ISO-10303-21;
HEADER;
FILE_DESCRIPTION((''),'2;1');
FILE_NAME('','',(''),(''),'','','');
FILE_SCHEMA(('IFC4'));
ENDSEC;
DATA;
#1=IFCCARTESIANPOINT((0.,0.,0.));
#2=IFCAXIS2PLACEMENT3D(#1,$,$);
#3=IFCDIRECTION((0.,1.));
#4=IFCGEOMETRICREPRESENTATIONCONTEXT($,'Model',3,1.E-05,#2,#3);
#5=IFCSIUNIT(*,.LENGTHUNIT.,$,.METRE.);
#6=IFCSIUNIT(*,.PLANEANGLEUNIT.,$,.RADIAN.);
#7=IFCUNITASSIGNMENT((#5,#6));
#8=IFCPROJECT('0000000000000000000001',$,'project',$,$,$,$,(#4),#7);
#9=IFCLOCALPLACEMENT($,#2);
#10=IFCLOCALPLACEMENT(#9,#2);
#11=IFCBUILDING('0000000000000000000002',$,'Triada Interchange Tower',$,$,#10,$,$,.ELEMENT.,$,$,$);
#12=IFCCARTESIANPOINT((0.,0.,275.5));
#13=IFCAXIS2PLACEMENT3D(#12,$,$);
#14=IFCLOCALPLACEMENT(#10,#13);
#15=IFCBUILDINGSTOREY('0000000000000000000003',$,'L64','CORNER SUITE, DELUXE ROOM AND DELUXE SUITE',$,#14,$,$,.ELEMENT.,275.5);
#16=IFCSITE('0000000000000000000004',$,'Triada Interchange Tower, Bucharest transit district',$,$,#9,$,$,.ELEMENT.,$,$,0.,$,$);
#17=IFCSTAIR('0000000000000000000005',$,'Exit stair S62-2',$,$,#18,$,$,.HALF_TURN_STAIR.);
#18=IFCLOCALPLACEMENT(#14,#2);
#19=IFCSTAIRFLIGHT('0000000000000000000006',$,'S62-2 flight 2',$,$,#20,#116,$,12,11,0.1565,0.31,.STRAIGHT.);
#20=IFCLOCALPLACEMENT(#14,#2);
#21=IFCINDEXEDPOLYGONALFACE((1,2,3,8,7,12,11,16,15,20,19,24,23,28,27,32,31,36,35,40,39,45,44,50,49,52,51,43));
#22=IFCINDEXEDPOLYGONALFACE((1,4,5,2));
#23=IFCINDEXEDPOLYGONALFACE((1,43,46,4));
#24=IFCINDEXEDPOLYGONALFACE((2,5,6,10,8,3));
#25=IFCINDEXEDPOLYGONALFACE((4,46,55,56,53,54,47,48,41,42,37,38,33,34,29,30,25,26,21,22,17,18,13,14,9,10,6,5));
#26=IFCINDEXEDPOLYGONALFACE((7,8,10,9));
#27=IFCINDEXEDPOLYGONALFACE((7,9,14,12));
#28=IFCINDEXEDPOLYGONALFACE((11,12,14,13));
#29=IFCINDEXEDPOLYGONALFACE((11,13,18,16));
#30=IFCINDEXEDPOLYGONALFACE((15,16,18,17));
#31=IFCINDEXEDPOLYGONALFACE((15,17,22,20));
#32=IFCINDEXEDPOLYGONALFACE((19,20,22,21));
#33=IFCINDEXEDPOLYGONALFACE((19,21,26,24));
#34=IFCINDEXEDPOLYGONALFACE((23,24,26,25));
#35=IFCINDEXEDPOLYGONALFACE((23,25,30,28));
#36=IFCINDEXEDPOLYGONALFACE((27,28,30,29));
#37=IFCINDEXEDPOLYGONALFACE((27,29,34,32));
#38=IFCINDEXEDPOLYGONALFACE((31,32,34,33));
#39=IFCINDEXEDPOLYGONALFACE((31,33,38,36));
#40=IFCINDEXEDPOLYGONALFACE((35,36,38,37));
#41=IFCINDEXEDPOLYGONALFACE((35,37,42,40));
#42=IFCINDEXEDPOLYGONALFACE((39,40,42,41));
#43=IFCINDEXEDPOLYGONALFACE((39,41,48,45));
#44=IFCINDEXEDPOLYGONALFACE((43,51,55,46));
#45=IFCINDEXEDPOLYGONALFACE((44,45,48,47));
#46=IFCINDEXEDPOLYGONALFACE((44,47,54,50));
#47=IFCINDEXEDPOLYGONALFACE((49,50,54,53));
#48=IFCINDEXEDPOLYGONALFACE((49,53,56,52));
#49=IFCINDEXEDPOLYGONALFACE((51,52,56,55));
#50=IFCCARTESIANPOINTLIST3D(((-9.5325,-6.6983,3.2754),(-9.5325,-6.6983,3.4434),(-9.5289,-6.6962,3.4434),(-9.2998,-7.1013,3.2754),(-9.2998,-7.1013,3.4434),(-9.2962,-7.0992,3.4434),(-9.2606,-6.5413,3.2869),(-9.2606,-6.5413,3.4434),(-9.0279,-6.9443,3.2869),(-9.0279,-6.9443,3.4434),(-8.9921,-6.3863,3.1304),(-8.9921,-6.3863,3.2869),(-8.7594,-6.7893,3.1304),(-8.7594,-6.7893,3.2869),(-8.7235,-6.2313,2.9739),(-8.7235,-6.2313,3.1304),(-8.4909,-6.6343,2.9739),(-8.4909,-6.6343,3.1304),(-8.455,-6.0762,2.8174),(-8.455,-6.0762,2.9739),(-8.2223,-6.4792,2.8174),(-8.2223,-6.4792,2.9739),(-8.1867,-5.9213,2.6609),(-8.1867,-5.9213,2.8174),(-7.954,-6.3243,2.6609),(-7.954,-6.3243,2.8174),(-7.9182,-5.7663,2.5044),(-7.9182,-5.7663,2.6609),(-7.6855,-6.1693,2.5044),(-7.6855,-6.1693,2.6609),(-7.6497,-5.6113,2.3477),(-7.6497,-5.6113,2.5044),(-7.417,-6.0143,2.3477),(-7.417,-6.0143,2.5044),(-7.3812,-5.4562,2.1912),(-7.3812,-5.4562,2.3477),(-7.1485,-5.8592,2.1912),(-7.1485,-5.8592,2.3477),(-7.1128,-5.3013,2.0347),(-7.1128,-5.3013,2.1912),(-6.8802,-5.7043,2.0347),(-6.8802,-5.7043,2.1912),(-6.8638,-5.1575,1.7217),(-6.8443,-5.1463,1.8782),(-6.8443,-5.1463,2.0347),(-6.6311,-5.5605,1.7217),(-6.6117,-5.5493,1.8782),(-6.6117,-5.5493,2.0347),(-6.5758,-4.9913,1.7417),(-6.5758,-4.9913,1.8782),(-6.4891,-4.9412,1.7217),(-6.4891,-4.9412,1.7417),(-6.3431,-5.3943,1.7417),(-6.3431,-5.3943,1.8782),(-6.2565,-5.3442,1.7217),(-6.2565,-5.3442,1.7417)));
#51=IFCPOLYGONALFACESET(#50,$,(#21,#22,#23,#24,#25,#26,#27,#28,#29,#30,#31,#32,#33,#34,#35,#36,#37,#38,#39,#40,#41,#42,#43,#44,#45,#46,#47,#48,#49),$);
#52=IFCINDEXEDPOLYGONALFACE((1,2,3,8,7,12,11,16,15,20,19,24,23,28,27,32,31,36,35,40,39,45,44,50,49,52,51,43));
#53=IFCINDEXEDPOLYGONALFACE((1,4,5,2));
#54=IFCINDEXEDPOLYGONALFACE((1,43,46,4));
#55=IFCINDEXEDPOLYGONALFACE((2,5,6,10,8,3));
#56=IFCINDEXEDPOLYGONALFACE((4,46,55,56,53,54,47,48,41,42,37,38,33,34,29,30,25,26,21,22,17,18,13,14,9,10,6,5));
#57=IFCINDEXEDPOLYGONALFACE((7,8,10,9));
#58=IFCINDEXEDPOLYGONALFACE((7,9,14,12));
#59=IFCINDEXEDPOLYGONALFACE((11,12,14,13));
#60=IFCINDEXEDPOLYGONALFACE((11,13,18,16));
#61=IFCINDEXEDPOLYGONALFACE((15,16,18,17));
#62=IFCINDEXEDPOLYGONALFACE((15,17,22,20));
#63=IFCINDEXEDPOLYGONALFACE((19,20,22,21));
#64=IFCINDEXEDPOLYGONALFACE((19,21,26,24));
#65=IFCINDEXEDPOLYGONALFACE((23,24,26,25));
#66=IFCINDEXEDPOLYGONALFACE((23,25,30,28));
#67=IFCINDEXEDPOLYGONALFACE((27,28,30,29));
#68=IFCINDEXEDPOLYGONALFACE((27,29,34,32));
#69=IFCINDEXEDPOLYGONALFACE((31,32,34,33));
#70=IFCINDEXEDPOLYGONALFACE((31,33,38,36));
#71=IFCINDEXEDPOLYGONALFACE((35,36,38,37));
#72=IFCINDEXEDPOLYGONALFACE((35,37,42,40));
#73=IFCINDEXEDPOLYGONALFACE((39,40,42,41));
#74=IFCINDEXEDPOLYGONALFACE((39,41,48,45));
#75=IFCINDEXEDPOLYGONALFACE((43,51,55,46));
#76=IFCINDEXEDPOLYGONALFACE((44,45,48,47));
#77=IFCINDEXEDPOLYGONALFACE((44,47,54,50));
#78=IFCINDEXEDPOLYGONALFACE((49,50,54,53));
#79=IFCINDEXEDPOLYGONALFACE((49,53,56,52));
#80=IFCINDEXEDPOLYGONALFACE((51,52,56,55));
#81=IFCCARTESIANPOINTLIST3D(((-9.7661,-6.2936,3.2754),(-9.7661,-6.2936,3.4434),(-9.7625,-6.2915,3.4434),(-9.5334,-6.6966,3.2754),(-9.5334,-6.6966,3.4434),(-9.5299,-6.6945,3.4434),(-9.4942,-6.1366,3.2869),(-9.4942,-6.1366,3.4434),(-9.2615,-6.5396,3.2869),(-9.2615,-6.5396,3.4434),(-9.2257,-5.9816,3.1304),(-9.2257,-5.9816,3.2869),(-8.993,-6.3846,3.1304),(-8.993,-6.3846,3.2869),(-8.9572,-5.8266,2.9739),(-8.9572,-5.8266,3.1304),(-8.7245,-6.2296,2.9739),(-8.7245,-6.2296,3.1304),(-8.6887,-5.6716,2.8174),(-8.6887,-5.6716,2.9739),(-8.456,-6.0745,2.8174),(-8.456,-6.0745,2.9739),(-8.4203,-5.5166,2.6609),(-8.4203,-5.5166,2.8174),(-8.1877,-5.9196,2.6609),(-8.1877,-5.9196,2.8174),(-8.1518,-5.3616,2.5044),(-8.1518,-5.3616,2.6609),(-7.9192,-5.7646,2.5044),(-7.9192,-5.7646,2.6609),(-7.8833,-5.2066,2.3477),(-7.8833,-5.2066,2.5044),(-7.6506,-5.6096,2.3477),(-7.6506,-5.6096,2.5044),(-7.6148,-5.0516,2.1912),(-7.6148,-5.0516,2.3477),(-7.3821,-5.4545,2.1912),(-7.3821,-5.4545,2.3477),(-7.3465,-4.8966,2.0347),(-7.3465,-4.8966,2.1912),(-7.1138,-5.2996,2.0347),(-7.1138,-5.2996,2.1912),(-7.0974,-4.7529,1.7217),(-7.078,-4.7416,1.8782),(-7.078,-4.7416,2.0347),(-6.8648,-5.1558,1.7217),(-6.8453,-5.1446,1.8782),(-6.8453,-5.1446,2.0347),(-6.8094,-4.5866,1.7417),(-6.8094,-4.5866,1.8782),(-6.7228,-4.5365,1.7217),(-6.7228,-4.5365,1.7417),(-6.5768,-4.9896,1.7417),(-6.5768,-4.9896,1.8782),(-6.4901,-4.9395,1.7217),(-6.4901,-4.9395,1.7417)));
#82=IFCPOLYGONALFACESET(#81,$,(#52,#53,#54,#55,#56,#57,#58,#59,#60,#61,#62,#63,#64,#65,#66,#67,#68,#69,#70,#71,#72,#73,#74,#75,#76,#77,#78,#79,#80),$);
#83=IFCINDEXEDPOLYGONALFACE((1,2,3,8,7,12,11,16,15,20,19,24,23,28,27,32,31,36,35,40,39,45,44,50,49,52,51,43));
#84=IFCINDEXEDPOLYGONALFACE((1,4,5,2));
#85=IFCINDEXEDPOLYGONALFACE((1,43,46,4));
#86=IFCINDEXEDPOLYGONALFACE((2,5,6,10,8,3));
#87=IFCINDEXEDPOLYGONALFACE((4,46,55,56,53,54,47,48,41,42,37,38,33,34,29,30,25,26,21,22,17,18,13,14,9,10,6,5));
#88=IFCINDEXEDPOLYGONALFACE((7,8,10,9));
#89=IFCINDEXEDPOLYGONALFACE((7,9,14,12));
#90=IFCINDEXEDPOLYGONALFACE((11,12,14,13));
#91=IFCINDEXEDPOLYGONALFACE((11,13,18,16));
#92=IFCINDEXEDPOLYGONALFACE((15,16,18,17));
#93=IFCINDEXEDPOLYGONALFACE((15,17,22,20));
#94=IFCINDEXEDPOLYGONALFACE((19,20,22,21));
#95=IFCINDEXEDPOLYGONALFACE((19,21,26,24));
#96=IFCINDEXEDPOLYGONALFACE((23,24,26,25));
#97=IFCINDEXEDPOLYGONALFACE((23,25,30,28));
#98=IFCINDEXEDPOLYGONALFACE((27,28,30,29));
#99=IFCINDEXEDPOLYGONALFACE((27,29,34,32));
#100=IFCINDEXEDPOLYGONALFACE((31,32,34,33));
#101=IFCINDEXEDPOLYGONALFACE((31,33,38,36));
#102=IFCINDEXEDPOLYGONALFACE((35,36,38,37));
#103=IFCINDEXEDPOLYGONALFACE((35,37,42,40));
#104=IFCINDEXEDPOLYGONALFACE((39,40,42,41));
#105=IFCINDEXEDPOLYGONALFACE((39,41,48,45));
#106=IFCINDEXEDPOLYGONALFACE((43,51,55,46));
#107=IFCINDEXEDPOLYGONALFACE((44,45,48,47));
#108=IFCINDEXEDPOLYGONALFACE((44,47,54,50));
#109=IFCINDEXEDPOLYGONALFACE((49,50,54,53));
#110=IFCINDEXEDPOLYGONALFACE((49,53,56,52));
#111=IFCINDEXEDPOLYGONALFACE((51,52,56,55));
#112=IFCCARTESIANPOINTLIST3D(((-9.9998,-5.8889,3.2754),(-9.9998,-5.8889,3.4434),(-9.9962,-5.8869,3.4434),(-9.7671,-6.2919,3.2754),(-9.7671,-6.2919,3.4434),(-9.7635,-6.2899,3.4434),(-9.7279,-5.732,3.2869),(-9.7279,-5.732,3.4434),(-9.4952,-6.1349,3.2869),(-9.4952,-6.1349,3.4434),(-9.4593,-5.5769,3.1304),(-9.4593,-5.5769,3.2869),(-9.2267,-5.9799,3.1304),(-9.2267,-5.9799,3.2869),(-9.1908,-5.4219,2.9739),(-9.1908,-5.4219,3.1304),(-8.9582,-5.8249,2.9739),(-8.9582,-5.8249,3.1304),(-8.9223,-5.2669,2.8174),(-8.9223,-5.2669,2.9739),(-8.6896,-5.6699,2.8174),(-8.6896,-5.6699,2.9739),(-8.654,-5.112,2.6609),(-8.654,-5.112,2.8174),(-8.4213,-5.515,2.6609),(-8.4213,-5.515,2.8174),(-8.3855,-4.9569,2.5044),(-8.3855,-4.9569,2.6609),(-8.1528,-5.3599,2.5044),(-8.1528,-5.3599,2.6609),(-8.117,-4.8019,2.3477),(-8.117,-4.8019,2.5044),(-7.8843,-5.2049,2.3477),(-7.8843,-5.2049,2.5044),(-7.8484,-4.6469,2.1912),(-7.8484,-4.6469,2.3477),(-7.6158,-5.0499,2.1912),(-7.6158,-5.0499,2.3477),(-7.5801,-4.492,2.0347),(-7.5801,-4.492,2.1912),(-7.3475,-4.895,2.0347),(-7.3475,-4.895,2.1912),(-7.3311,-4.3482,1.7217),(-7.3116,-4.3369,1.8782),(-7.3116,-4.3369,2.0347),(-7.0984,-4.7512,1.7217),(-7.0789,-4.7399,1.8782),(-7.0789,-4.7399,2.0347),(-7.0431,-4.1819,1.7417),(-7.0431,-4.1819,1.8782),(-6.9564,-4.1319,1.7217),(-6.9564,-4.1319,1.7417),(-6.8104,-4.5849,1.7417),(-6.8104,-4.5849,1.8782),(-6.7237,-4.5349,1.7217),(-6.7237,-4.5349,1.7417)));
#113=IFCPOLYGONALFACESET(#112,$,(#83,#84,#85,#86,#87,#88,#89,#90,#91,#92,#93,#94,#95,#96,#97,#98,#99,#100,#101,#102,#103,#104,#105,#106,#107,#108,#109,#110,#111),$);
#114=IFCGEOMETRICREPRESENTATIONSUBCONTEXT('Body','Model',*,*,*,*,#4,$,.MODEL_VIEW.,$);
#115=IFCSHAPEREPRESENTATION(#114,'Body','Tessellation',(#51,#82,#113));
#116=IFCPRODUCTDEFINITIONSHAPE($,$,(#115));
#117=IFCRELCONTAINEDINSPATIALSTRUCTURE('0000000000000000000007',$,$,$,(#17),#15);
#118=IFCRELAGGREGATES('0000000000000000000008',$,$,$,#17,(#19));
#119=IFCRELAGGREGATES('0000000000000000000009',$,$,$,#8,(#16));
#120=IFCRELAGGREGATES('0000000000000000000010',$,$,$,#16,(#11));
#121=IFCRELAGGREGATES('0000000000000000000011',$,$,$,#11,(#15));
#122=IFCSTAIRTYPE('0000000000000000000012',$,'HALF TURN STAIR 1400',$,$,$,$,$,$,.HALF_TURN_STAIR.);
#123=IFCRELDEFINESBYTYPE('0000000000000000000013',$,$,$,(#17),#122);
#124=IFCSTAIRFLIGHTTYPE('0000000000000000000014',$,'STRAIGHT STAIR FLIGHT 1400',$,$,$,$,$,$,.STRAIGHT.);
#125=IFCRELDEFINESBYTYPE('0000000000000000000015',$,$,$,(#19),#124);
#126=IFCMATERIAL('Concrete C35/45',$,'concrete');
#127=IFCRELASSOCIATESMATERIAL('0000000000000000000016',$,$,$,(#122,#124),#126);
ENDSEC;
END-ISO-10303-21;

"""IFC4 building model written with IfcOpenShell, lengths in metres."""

from ifc_helpers import new_model, si_unit, direction, frame, origin, place, context, subcontext, project, spatial, polyline, outline, extrude, material, type_object, element, aggregate, save


model = new_model("IFC4")

# Units and contexts
model_context = context("Model", 3, precision=1e-05, world=origin(), true_north=direction((0.0, 1.0)))
body_context = subcontext(model_context, "Body", "Model", "MODEL_VIEW")
ifc_project = project(units=[si_unit("LENGTHUNIT", "METRE"), si_unit("PLANEANGLEUNIT", "RADIAN")], contexts=[model_context])

# Site, building, storey
site_placement = place(None, origin())
site = spatial("IfcSite", under=ifc_project, at=site_placement, Name="Triada Interchange Tower, Bucharest transit district", CompositionType="ELEMENT", RefElevation=0.0)
building_placement = place(site_placement, origin())
building = spatial("IfcBuilding", under=site, at=building_placement, Name="Triada Interchange Tower", CompositionType="ELEMENT")
storey_placement = place(building_placement, frame((0.0, 0.0, 275.5)))
storey = spatial("IfcBuildingStorey", under=building, at=storey_placement, Name="L64", Description="CORNER SUITE, DELUXE ROOM AND DELUXE SUITE", CompositionType="ELEMENT", Elevation=275.5)

# Stair, stair flight
ifc_material_1 = material(Name="Concrete C35/45", Category="concrete")
stair_type = type_object("IfcStairType", Name="HALF TURN STAIR 1400", PredefinedType="HALF_TURN_STAIR", material=ifc_material_1)
stair_placement = place(storey_placement, origin())
stair = element("IfcStair", 1, at=stair_placement, inside=storey, type_object=stair_type, Name="Exit stair S62-2", PredefinedType="HALF_TURN_STAIR")
stair_flight_type = type_object("IfcStairFlightType", Name="STRAIGHT STAIR FLIGHT 1400", PredefinedType="STRAIGHT", material=ifc_material_1)
stair_flight_1_placement = place(storey_placement, frame((-6.6931, -4.7881, 1.7217), z_axis=(0.0, 0.0, 1.0), x_axis=(-0.866025, -0.5, 0.0)))
stair_flight_1 = element("IfcStairFlight", 2, at=stair_flight_1_placement, type_object=stair_flight_type, Name="S62-2 flight 2", NumberOfRisers=12, NumberOfTreads=11, PredefinedType="STRAIGHT", RiserHeight=0.1565, TreadLength=0.31, context=body_context, shape_type="SweptSolid", body=[
    extrude(outline(polyline([(-0.1001, 0.0), (-0.1001, 0.02), (0.0, 0.02), (0.0, 0.1565), (0.3101, 0.1565), (0.3101, 0.313), (0.6201, 0.313), (0.6201, 0.4695), (0.9299, 0.4695), (0.9299, 0.626), (1.24, 0.626), (1.24, 0.7827), (1.55, 0.7827), (1.55, 0.9392), (1.8601, 0.9392), (1.8601, 1.0957), (2.1699, 1.0957), (2.1699, 1.2522), (2.48, 1.2522), (2.48, 1.4087), (2.79, 1.4087), (2.79, 1.5652), (3.1001, 1.5652), (3.1001, 1.7217), (3.4099, 1.7217), (3.4141, 1.7217), (3.4141, 1.8782), (3.4141, 1.5537), (0.3325, 0.0), (-0.1001, 0.0)])), frame((0.0, 0.7, 0.0), z_axis=(0.0, -1.0, 0.0), x_axis=(1.0, 0.0, 0.0)), (0.0, 0.0, 1.0), 0.4653),
    extrude(outline(polyline([(-0.1001, 0.0), (-0.1001, 0.02), (0.0, 0.02), (0.0, 0.1565), (0.3101, 0.1565), (0.3101, 0.313), (0.6201, 0.313), (0.6201, 0.4695), (0.9299, 0.4695), (0.9299, 0.626), (1.24, 0.626), (1.24, 0.7827), (1.55, 0.7827), (1.55, 0.9392), (1.8601, 0.9392), (1.8601, 1.0957), (2.1699, 1.0957), (2.1699, 1.2522), (2.48, 1.2522), (2.48, 1.4087), (2.79, 1.4087), (2.79, 1.5652), (3.1001, 1.5652), (3.1001, 1.7217), (3.4099, 1.7217), (3.4141, 1.7217), (3.4141, 1.8782), (3.4141, 1.5537), (0.3325, 0.0), (-0.1001, 0.0)])), frame((0.0, 0.2327, 0.0), z_axis=(0.0, -1.0, 0.0), x_axis=(1.0, 0.0, 0.0)), (0.0, 0.0, 1.0), 0.4653),
    extrude(outline(polyline([(-0.1001, 0.0), (-0.1001, 0.02), (0.0, 0.02), (0.0, 0.1565), (0.3101, 0.1565), (0.3101, 0.313), (0.6201, 0.313), (0.6201, 0.4695), (0.9299, 0.4695), (0.9299, 0.626), (1.24, 0.626), (1.24, 0.7827), (1.55, 0.7827), (1.55, 0.9392), (1.8601, 0.9392), (1.8601, 1.0957), (2.1699, 1.0957), (2.1699, 1.2522), (2.48, 1.2522), (2.48, 1.4087), (2.79, 1.4087), (2.79, 1.5652), (3.1001, 1.5652), (3.1001, 1.7217), (3.4099, 1.7217), (3.4141, 1.7217), (3.4141, 1.8782), (3.4141, 1.5537), (0.3325, 0.0), (-0.1001, 0.0)])), frame((0.0, -0.2346, 0.0), z_axis=(0.0, -1.0, 0.0), x_axis=(1.0, 0.0, 0.0)), (0.0, 0.0, 1.0), 0.4653),
])
aggregate(stair, [stair_flight_1])

save(model, "model.ifc")
